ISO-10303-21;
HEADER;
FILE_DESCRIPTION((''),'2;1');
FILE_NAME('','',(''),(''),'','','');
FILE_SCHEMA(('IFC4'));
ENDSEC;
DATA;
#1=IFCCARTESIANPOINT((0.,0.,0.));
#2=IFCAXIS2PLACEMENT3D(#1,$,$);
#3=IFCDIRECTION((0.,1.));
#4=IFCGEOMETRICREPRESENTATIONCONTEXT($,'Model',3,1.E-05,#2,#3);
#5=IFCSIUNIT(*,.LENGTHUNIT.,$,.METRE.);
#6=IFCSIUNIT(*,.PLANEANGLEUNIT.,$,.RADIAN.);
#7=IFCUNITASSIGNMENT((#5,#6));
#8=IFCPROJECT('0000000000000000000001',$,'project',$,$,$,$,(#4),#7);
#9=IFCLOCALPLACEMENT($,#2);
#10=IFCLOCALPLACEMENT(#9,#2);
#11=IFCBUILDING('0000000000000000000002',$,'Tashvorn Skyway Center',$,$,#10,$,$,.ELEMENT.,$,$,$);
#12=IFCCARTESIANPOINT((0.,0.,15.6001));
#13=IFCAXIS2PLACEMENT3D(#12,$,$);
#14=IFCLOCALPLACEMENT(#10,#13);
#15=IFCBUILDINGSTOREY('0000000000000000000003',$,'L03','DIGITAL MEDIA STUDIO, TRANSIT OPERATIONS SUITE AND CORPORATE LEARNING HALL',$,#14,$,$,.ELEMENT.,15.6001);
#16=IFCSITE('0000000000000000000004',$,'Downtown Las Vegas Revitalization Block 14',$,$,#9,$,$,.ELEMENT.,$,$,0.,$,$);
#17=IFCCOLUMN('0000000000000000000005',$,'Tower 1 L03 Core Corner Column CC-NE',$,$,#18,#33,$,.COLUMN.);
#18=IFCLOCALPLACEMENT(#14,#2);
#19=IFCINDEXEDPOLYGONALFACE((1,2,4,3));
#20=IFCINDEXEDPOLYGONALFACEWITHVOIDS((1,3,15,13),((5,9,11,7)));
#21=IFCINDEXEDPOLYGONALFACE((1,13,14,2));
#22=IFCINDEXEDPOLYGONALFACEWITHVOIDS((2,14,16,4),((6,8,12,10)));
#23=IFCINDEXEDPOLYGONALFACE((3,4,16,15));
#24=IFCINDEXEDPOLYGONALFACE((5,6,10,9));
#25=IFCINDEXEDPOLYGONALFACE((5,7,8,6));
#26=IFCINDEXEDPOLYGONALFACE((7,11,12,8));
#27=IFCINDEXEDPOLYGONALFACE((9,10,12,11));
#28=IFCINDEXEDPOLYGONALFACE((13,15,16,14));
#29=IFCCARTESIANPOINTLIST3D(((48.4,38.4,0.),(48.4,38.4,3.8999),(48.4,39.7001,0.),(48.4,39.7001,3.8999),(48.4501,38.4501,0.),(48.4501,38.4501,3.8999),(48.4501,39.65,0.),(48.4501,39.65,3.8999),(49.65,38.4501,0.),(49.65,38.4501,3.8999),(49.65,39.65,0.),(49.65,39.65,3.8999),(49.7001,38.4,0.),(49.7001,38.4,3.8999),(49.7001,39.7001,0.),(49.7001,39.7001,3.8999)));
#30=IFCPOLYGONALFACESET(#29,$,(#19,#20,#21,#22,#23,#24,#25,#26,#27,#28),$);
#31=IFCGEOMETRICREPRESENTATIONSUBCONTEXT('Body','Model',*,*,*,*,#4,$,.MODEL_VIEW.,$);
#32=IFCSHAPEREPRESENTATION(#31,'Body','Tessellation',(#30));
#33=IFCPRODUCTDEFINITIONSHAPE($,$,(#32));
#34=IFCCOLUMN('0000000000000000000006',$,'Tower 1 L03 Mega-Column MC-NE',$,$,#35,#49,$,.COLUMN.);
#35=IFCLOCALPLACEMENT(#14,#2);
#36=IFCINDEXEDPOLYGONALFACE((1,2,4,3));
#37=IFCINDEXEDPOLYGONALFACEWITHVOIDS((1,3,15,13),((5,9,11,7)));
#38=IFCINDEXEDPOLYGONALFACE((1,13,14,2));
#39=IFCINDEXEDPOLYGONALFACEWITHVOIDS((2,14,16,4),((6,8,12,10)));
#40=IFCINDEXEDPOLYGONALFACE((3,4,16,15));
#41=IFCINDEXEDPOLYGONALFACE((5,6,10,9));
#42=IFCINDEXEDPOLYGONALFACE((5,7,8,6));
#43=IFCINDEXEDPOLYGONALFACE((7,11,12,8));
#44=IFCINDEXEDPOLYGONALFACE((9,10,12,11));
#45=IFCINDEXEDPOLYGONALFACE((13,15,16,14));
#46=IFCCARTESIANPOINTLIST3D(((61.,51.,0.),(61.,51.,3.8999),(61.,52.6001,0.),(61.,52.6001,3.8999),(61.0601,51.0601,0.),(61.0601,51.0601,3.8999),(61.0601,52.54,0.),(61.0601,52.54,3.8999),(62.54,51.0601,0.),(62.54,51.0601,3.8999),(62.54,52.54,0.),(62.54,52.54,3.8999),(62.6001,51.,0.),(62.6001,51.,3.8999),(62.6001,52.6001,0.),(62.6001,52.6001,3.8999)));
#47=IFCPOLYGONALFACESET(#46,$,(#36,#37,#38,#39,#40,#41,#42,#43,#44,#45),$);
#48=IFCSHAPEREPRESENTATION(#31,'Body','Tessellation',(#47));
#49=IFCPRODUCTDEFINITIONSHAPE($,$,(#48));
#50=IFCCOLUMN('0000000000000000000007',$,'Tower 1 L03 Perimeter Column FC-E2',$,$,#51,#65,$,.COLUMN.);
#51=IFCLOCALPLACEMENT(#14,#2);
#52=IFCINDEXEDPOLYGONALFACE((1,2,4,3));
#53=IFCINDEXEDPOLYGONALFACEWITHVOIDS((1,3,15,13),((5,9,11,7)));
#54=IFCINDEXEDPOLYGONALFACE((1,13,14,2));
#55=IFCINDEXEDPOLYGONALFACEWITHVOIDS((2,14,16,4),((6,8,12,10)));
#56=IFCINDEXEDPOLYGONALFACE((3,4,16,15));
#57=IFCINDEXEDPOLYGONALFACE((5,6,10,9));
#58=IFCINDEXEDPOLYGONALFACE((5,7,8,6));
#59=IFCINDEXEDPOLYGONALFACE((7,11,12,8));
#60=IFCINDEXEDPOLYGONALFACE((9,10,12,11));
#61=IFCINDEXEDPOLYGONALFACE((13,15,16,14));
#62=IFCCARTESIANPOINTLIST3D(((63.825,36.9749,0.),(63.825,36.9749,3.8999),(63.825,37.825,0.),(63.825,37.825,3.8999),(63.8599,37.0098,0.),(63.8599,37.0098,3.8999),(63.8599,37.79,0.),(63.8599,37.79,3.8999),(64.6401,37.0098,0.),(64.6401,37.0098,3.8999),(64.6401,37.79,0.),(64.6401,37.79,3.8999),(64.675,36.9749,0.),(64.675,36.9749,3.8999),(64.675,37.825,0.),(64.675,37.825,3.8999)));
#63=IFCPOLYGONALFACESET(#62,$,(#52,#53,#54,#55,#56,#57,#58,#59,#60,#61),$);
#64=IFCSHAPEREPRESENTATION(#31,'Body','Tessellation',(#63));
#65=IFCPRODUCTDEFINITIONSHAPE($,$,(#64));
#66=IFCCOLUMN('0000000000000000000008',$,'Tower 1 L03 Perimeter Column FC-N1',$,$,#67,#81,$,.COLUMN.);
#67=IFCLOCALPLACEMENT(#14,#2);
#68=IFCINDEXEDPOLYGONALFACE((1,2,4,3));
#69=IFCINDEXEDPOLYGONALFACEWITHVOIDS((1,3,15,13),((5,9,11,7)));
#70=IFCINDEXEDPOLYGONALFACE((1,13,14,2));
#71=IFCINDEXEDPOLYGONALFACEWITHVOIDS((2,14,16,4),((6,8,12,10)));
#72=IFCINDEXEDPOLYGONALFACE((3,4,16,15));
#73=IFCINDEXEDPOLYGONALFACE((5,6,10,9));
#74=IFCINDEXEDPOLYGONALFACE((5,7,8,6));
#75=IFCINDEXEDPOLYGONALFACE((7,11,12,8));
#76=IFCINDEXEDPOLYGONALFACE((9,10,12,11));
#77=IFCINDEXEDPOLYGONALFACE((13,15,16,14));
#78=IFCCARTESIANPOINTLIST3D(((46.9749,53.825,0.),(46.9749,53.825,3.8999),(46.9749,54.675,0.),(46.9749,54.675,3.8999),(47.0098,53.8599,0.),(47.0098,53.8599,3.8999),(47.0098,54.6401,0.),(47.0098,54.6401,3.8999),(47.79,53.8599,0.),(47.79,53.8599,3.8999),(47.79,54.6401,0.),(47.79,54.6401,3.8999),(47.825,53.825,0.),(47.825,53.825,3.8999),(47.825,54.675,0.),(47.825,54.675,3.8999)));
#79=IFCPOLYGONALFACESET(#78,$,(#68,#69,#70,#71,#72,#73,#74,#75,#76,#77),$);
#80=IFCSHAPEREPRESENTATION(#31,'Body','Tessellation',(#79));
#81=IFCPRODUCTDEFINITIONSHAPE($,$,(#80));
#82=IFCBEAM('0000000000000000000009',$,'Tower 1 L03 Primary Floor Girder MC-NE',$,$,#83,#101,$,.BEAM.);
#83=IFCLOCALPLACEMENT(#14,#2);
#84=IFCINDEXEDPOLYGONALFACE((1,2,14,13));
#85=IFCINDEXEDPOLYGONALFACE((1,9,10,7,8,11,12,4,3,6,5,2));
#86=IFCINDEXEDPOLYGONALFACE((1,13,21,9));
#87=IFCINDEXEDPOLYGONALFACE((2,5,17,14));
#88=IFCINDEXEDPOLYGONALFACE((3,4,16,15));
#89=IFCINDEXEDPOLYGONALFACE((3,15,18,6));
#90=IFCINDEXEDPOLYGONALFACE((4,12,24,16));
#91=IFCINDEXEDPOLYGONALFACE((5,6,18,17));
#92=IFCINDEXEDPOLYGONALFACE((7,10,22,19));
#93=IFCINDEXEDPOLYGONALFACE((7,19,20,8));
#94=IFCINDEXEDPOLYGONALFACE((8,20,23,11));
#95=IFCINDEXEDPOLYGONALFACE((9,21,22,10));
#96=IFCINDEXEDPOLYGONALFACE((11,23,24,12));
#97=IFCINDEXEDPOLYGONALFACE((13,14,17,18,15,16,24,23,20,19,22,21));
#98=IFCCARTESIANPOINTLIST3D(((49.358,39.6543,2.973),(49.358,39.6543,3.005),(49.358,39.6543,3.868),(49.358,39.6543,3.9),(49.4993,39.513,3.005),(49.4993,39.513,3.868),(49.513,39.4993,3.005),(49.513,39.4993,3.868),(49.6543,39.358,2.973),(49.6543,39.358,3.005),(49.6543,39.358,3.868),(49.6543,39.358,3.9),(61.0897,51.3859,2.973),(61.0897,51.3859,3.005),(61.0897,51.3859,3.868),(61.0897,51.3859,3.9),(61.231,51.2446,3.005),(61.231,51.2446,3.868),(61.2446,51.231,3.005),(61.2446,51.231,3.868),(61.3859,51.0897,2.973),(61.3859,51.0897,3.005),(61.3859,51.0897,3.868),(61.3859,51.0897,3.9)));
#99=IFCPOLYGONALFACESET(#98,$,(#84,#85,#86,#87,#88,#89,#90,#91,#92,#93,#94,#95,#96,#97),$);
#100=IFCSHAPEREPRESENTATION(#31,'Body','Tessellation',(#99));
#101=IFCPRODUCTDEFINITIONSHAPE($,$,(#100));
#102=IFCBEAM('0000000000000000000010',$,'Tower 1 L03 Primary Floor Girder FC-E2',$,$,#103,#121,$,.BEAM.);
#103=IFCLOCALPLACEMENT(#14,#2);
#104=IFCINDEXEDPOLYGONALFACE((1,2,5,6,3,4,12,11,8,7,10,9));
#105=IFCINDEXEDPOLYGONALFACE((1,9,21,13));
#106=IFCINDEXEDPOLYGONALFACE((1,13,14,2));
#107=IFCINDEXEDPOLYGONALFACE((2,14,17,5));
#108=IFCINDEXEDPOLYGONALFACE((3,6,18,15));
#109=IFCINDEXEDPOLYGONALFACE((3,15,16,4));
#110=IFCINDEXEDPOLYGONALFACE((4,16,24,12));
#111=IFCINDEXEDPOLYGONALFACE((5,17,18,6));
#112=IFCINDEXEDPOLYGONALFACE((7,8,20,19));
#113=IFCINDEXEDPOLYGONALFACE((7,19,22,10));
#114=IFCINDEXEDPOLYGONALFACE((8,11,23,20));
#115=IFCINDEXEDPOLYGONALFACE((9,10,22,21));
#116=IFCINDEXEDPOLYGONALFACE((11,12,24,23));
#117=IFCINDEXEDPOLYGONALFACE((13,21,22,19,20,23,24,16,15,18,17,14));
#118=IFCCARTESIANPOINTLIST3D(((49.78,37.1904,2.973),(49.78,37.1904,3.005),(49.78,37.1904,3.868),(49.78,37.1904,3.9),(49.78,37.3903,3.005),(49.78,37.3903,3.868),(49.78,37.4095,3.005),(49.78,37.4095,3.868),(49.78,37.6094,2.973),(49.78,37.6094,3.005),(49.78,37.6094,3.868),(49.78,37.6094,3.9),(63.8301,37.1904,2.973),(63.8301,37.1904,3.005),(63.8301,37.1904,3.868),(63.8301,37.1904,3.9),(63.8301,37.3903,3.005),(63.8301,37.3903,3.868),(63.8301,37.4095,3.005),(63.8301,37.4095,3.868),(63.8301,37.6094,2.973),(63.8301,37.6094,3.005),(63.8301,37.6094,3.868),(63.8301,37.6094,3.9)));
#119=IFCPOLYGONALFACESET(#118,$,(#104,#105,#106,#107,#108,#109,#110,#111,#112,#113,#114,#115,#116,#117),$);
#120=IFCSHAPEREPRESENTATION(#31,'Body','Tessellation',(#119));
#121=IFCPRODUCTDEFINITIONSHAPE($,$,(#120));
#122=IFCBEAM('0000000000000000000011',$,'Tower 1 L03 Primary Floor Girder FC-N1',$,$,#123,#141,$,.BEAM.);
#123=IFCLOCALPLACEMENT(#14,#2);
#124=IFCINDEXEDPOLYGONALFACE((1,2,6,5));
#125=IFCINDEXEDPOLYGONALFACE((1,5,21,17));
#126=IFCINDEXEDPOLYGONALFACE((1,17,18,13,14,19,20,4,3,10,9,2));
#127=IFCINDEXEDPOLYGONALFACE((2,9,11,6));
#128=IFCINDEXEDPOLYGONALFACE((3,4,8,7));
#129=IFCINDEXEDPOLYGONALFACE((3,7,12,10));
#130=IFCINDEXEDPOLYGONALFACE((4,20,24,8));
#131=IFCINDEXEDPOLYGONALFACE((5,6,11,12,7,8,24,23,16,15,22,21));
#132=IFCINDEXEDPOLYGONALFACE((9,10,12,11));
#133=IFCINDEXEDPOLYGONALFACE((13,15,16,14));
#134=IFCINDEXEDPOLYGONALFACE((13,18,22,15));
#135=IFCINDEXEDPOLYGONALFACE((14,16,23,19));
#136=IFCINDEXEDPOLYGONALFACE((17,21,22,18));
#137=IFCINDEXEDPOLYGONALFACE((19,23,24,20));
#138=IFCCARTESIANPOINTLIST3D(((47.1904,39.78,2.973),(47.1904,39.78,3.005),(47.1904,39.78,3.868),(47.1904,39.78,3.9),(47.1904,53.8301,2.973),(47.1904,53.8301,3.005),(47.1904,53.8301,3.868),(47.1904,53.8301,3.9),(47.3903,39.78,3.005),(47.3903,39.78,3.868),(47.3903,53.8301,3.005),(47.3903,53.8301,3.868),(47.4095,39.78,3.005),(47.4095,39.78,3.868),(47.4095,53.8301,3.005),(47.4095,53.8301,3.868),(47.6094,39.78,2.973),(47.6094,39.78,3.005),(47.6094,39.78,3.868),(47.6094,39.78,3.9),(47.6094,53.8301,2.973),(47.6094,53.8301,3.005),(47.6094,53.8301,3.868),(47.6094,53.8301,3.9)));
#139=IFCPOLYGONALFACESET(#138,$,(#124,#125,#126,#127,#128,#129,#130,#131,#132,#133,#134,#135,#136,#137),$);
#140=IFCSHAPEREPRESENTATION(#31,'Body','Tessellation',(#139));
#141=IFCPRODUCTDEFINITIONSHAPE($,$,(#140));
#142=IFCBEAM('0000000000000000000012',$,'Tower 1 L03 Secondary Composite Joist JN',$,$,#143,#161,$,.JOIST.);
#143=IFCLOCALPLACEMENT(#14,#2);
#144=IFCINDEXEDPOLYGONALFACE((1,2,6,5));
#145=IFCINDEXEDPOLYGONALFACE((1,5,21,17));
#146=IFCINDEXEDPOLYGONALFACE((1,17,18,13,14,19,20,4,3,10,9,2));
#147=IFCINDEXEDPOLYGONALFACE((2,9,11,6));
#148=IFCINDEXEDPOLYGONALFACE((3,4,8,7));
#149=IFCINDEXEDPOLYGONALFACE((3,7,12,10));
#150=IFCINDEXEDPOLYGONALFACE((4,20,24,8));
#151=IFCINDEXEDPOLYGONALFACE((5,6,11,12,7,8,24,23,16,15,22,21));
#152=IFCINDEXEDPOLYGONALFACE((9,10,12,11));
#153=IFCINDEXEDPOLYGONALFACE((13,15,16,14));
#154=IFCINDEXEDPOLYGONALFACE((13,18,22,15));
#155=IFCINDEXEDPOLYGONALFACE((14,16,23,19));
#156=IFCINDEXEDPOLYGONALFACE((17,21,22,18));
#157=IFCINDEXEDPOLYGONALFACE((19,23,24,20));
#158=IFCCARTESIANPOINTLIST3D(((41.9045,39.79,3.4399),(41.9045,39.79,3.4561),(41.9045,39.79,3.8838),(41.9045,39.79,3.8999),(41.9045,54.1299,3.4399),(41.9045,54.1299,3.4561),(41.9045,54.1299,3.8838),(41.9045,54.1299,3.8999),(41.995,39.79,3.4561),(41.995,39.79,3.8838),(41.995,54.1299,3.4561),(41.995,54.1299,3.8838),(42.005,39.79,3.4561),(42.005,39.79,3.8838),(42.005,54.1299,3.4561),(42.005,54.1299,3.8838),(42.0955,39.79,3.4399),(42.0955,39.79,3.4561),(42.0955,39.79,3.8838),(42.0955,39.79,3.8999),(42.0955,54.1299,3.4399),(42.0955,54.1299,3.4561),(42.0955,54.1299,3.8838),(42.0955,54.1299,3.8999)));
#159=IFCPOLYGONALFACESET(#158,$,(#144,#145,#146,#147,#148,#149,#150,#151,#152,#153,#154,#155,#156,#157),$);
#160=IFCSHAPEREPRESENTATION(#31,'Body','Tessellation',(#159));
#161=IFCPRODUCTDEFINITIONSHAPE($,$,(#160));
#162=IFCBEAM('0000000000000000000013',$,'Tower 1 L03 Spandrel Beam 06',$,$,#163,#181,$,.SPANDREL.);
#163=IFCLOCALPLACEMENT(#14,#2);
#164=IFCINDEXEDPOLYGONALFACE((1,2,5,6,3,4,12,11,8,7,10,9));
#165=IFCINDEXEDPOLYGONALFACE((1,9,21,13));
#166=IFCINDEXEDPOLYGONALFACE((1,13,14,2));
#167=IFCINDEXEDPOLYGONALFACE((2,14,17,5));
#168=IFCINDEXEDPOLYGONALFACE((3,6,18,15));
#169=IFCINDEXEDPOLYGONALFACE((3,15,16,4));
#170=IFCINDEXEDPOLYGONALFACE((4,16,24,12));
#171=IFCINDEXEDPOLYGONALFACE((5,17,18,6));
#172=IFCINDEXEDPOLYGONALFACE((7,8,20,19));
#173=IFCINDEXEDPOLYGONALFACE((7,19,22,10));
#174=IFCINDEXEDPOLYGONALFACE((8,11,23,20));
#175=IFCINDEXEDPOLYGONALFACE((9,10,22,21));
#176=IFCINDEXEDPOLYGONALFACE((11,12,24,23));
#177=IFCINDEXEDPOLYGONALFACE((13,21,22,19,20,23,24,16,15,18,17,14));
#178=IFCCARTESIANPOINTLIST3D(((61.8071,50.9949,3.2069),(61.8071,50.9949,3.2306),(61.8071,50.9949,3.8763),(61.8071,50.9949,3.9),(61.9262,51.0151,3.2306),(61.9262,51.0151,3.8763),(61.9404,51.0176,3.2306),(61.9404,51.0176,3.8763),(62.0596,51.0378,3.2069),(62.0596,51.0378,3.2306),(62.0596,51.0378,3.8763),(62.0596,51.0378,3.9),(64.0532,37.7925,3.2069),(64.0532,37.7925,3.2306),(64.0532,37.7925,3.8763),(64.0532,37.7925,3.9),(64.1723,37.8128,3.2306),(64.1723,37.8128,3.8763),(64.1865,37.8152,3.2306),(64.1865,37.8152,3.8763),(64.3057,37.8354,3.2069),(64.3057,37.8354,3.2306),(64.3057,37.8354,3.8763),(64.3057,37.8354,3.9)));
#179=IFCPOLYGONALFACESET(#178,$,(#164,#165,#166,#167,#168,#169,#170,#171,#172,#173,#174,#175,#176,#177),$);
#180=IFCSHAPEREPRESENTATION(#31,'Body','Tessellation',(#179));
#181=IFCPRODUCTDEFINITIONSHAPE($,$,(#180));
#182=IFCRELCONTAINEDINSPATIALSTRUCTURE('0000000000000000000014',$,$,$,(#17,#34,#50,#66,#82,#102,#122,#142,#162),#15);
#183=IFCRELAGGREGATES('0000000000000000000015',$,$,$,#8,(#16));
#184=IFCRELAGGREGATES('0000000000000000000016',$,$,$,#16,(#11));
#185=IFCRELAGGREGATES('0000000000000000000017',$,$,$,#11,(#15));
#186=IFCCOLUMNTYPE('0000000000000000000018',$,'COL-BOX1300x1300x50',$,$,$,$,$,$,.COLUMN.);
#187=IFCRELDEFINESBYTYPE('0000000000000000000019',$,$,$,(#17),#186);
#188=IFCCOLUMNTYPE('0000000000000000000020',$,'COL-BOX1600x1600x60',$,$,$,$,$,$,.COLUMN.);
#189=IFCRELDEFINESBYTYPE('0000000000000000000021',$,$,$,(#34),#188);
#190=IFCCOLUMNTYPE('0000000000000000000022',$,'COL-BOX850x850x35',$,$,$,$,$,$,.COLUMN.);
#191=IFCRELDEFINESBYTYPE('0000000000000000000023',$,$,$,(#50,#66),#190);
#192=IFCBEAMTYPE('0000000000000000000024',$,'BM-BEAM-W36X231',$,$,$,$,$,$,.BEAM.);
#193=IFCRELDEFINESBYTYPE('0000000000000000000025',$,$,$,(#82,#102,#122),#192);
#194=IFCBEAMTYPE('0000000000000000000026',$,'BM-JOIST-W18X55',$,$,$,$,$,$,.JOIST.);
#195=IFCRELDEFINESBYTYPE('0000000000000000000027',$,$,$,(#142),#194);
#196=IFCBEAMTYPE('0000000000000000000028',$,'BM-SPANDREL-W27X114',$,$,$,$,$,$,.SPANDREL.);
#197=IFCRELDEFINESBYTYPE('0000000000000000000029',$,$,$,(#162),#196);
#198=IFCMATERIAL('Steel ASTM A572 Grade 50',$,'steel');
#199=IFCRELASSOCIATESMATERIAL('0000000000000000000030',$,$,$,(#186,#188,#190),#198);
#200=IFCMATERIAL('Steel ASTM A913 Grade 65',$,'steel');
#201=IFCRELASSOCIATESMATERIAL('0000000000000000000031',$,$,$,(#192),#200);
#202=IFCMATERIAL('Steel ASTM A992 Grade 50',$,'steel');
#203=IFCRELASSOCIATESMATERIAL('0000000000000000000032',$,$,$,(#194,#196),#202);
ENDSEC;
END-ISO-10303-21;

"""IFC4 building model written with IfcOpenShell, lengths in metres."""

from ifc_helpers import new_model, si_unit, direction, frame, origin, origin_2d, place, context, subcontext, project, spatial, hollow_rectangle, i_section, extrude, material, material_profile, profile_set, type_object, element, save


model = new_model("IFC4")

# Units and contexts
model_context = context("Model", 3, precision=1e-05, world=origin(), true_north=direction((0.0, 1.0)))
body_context = subcontext(model_context, "Body", "Model", "MODEL_VIEW")
ifc_project = project(units=[si_unit("LENGTHUNIT", "METRE"), si_unit("PLANEANGLEUNIT", "RADIAN")], contexts=[model_context])

# Site, building, storey
site_placement = place(None, origin())
site = spatial("IfcSite", under=ifc_project, at=site_placement, Name="Downtown Las Vegas Revitalization Block 14", CompositionType="ELEMENT", RefElevation=0.0)
building_placement = place(site_placement, origin())
building = spatial("IfcBuilding", under=site, at=building_placement, Name="Tashvorn Skyway Center", CompositionType="ELEMENT")
storey_placement = place(building_placement, frame((0.0, 0.0, 15.6001)))
storey = spatial("IfcBuildingStorey", under=building, at=storey_placement, Name="L03", Description="DIGITAL MEDIA STUDIO, TRANSIT OPERATIONS SUITE AND CORPORATE LEARNING HALL", CompositionType="ELEMENT", Elevation=15.6001)

# Columns
ifc_material_1 = material(Name="Steel ASTM A572 Grade 50", Category="steel")
ifc_material_profile_1 = material_profile(ifc_material_1, hollow_rectangle(XDim=1.3, YDim=1.3, WallThickness=0.05, at=origin_2d()), Name="BOX1300x1300x50")
ifc_profile_set_1 = profile_set([ifc_material_profile_1], Name="Steel ASTM A572 Grade 50")
column_type_1 = type_object("IfcColumnType", Name="COL-BOX1300x1300x50", PredefinedType="COLUMN", material=ifc_profile_set_1)
column_1_placement = place(storey_placement, frame((49.05, 39.05, 0.0), z_axis=(0.0, 0.0, 1.0), x_axis=(1.0, 0.0, 0.0)))
element("IfcColumn", 1, at=column_1_placement, inside=storey, type_object=column_type_1, Name="Tower 1 L03 Core Corner Column CC-NE", PredefinedType="COLUMN", context=body_context, shape_type="SweptSolid", body=[
    extrude(hollow_rectangle(XDim=1.3, YDim=1.3, WallThickness=0.05, at=origin_2d()), origin(), (0.0, 0.0, 1.0), 3.8999),
])
ifc_material_profile_2 = material_profile(ifc_material_1, hollow_rectangle(XDim=1.6001, YDim=1.6001, WallThickness=0.0601, at=origin_2d()), Name="BOX1600x1600x60")
ifc_profile_set_2 = profile_set([ifc_material_profile_2], Name="Steel ASTM A572 Grade 50")
column_type_2 = type_object("IfcColumnType", Name="COL-BOX1600x1600x60", PredefinedType="COLUMN", material=ifc_profile_set_2)
column_2_placement = place(storey_placement, frame((61.8, 51.8, 0.0), z_axis=(0.0, 0.0, 1.0), x_axis=(1.0, 0.0, 0.0)))
element("IfcColumn", 2, at=column_2_placement, inside=storey, type_object=column_type_2, Name="Tower 1 L03 Mega-Column MC-NE", PredefinedType="COLUMN", context=body_context, shape_type="SweptSolid", body=[
    extrude(hollow_rectangle(XDim=1.6001, YDim=1.6001, WallThickness=0.0601, at=origin_2d()), origin(), (0.0, 0.0, 1.0), 3.8999),
])
ifc_material_profile_3 = material_profile(ifc_material_1, hollow_rectangle(XDim=0.8501, YDim=0.8501, WallThickness=0.0349, at=origin_2d()), Name="BOX850x850x35")
ifc_profile_set_3 = profile_set([ifc_material_profile_3], Name="Steel ASTM A572 Grade 50")
column_type_3 = type_object("IfcColumnType", Name="COL-BOX850x850x35", PredefinedType="COLUMN", material=ifc_profile_set_3)
for number, where, z_axis, x_axis, name in (
    (3, (64.25, 37.3999, 0.0), (0.0, 0.0, 1.0), (1.0, 0.0, 0.0), "Tower 1 L03 Perimeter Column FC-E2"),
    (4, (47.3999, 54.25, 0.0), (0.0, 0.0, 1.0), (1.0, 0.0, 0.0), "Tower 1 L03 Perimeter Column FC-N1"),
):
    element("IfcColumn", number, at=place(storey_placement, frame(where, z_axis=z_axis, x_axis=x_axis)), inside=storey, type_object=column_type_3, Name=name, PredefinedType="COLUMN", context=body_context, shape_type="SweptSolid", body=[
        extrude(hollow_rectangle(XDim=0.8501, YDim=0.8501, WallThickness=0.0349, at=origin_2d()), origin(), (0.0, 0.0, 1.0), 3.8999),
    ])

# Beams
ifc_material_2 = material(Name="Steel ASTM A913 Grade 65", Category="steel")
ifc_material_profile_4 = material_profile(ifc_material_2, i_section(OverallWidth=0.4189, OverallDepth=0.927, WebThickness=0.0193, FlangeThickness=0.032, at=origin_2d()), Name="W36X231")
ifc_profile_set_4 = profile_set([ifc_material_profile_4], Name="Steel ASTM A913 Grade 65")
beam_type_1 = type_object("IfcBeamType", Name="BM-BEAM-W36X231", PredefinedType="BEAM", material=ifc_profile_set_4)
beam_1_placement = place(storey_placement, frame((61.2378, 51.2378, 3.4365), z_axis=(-0.707107, -0.707107, 0.0), x_axis=(0.707107, -0.707107, 0.0)))
element("IfcBeam", 5, at=beam_1_placement, inside=storey, type_object=beam_type_1, Name="Tower 1 L03 Primary Floor Girder MC-NE", PredefinedType="BEAM", context=body_context, shape_type="SweptSolid", body=[
    extrude(i_section(OverallWidth=0.4189, OverallDepth=0.927, WebThickness=0.0193, FlangeThickness=0.032, at=origin_2d()), origin(), (0.0, 0.0, 1.0), 16.5911),
])
for number, where, z_axis, x_axis, name in (
    (6, (63.8301, 37.3999, 3.4365), (-1.0, 0.0, 0.0), (0.0, -1.0, 0.0), "Tower 1 L03 Primary Floor Girder FC-E2"),
    (7, (47.3999, 53.8301, 3.4365), (0.0, -1.0, 0.0), (1.0, 0.0, 0.0), "Tower 1 L03 Primary Floor Girder FC-N1"),
):
    element("IfcBeam", number, at=place(storey_placement, frame(where, z_axis=z_axis, x_axis=x_axis)), inside=storey, type_object=beam_type_1, Name=name, PredefinedType="BEAM", context=body_context, shape_type="SweptSolid", body=[
        extrude(i_section(OverallWidth=0.4189, OverallDepth=0.927, WebThickness=0.0193, FlangeThickness=0.032, at=origin_2d()), origin(), (0.0, 0.0, 1.0), 14.05),
    ])
ifc_material_3 = material(Name="Steel ASTM A992 Grade 50", Category="steel")
ifc_material_profile_5 = material_profile(ifc_material_3, i_section(OverallWidth=0.1909, OverallDepth=0.46, WebThickness=0.01, FlangeThickness=0.0161, at=origin_2d()), Name="W18X55")
ifc_profile_set_5 = profile_set([ifc_material_profile_5], Name="Steel ASTM A992 Grade 50")
beam_type_2 = type_object("IfcBeamType", Name="BM-JOIST-W18X55", PredefinedType="JOIST", material=ifc_profile_set_5)
beam_2_placement = place(storey_placement, frame((42.0, 39.79, 3.6699), z_axis=(0.0, 1.0, 0.0), x_axis=(-1.0, 0.0, 0.0)))
element("IfcBeam", 8, at=beam_2_placement, inside=storey, type_object=beam_type_2, Name="Tower 1 L03 Secondary Composite Joist JN", PredefinedType="JOIST", context=body_context, shape_type="SweptSolid", body=[
    extrude(i_section(OverallWidth=0.1909, OverallDepth=0.46, WebThickness=0.01, FlangeThickness=0.0161, at=origin_2d()), origin(), (0.0, 0.0, 1.0), 14.3398),
])
ifc_material_profile_6 = material_profile(ifc_material_3, i_section(OverallWidth=0.2561, OverallDepth=0.6931, WebThickness=0.0144, FlangeThickness=0.0237, at=origin_2d()), Name="W27X114")
ifc_profile_set_6 = profile_set([ifc_material_profile_6], Name="Steel ASTM A992 Grade 50")
beam_type_3 = type_object("IfcBeamType", Name="BM-SPANDREL-W27X114", PredefinedType="SPANDREL", material=ifc_profile_set_6)
for number, where, z_axis, x_axis, name in (
    (9, (64.1794, 37.814, 3.5535), (-0.167718, 0.985835, 0.0), (-0.985835, -0.167718, 0.0), "Tower 1 L03 Spandrel Beam 06"),
):
    element("IfcBeam", number, at=place(storey_placement, frame(where, z_axis=z_axis, x_axis=x_axis)), inside=storey, type_object=beam_type_3, Name=name, PredefinedType="SPANDREL", context=body_context, shape_type="SweptSolid", body=[
        extrude(i_section(OverallWidth=0.2561, OverallDepth=0.6931, WebThickness=0.0144, FlangeThickness=0.0237, at=origin_2d()), origin(), (0.0, 0.0, 1.0), 13.3921),
    ])

save(model, "model.ifc")
